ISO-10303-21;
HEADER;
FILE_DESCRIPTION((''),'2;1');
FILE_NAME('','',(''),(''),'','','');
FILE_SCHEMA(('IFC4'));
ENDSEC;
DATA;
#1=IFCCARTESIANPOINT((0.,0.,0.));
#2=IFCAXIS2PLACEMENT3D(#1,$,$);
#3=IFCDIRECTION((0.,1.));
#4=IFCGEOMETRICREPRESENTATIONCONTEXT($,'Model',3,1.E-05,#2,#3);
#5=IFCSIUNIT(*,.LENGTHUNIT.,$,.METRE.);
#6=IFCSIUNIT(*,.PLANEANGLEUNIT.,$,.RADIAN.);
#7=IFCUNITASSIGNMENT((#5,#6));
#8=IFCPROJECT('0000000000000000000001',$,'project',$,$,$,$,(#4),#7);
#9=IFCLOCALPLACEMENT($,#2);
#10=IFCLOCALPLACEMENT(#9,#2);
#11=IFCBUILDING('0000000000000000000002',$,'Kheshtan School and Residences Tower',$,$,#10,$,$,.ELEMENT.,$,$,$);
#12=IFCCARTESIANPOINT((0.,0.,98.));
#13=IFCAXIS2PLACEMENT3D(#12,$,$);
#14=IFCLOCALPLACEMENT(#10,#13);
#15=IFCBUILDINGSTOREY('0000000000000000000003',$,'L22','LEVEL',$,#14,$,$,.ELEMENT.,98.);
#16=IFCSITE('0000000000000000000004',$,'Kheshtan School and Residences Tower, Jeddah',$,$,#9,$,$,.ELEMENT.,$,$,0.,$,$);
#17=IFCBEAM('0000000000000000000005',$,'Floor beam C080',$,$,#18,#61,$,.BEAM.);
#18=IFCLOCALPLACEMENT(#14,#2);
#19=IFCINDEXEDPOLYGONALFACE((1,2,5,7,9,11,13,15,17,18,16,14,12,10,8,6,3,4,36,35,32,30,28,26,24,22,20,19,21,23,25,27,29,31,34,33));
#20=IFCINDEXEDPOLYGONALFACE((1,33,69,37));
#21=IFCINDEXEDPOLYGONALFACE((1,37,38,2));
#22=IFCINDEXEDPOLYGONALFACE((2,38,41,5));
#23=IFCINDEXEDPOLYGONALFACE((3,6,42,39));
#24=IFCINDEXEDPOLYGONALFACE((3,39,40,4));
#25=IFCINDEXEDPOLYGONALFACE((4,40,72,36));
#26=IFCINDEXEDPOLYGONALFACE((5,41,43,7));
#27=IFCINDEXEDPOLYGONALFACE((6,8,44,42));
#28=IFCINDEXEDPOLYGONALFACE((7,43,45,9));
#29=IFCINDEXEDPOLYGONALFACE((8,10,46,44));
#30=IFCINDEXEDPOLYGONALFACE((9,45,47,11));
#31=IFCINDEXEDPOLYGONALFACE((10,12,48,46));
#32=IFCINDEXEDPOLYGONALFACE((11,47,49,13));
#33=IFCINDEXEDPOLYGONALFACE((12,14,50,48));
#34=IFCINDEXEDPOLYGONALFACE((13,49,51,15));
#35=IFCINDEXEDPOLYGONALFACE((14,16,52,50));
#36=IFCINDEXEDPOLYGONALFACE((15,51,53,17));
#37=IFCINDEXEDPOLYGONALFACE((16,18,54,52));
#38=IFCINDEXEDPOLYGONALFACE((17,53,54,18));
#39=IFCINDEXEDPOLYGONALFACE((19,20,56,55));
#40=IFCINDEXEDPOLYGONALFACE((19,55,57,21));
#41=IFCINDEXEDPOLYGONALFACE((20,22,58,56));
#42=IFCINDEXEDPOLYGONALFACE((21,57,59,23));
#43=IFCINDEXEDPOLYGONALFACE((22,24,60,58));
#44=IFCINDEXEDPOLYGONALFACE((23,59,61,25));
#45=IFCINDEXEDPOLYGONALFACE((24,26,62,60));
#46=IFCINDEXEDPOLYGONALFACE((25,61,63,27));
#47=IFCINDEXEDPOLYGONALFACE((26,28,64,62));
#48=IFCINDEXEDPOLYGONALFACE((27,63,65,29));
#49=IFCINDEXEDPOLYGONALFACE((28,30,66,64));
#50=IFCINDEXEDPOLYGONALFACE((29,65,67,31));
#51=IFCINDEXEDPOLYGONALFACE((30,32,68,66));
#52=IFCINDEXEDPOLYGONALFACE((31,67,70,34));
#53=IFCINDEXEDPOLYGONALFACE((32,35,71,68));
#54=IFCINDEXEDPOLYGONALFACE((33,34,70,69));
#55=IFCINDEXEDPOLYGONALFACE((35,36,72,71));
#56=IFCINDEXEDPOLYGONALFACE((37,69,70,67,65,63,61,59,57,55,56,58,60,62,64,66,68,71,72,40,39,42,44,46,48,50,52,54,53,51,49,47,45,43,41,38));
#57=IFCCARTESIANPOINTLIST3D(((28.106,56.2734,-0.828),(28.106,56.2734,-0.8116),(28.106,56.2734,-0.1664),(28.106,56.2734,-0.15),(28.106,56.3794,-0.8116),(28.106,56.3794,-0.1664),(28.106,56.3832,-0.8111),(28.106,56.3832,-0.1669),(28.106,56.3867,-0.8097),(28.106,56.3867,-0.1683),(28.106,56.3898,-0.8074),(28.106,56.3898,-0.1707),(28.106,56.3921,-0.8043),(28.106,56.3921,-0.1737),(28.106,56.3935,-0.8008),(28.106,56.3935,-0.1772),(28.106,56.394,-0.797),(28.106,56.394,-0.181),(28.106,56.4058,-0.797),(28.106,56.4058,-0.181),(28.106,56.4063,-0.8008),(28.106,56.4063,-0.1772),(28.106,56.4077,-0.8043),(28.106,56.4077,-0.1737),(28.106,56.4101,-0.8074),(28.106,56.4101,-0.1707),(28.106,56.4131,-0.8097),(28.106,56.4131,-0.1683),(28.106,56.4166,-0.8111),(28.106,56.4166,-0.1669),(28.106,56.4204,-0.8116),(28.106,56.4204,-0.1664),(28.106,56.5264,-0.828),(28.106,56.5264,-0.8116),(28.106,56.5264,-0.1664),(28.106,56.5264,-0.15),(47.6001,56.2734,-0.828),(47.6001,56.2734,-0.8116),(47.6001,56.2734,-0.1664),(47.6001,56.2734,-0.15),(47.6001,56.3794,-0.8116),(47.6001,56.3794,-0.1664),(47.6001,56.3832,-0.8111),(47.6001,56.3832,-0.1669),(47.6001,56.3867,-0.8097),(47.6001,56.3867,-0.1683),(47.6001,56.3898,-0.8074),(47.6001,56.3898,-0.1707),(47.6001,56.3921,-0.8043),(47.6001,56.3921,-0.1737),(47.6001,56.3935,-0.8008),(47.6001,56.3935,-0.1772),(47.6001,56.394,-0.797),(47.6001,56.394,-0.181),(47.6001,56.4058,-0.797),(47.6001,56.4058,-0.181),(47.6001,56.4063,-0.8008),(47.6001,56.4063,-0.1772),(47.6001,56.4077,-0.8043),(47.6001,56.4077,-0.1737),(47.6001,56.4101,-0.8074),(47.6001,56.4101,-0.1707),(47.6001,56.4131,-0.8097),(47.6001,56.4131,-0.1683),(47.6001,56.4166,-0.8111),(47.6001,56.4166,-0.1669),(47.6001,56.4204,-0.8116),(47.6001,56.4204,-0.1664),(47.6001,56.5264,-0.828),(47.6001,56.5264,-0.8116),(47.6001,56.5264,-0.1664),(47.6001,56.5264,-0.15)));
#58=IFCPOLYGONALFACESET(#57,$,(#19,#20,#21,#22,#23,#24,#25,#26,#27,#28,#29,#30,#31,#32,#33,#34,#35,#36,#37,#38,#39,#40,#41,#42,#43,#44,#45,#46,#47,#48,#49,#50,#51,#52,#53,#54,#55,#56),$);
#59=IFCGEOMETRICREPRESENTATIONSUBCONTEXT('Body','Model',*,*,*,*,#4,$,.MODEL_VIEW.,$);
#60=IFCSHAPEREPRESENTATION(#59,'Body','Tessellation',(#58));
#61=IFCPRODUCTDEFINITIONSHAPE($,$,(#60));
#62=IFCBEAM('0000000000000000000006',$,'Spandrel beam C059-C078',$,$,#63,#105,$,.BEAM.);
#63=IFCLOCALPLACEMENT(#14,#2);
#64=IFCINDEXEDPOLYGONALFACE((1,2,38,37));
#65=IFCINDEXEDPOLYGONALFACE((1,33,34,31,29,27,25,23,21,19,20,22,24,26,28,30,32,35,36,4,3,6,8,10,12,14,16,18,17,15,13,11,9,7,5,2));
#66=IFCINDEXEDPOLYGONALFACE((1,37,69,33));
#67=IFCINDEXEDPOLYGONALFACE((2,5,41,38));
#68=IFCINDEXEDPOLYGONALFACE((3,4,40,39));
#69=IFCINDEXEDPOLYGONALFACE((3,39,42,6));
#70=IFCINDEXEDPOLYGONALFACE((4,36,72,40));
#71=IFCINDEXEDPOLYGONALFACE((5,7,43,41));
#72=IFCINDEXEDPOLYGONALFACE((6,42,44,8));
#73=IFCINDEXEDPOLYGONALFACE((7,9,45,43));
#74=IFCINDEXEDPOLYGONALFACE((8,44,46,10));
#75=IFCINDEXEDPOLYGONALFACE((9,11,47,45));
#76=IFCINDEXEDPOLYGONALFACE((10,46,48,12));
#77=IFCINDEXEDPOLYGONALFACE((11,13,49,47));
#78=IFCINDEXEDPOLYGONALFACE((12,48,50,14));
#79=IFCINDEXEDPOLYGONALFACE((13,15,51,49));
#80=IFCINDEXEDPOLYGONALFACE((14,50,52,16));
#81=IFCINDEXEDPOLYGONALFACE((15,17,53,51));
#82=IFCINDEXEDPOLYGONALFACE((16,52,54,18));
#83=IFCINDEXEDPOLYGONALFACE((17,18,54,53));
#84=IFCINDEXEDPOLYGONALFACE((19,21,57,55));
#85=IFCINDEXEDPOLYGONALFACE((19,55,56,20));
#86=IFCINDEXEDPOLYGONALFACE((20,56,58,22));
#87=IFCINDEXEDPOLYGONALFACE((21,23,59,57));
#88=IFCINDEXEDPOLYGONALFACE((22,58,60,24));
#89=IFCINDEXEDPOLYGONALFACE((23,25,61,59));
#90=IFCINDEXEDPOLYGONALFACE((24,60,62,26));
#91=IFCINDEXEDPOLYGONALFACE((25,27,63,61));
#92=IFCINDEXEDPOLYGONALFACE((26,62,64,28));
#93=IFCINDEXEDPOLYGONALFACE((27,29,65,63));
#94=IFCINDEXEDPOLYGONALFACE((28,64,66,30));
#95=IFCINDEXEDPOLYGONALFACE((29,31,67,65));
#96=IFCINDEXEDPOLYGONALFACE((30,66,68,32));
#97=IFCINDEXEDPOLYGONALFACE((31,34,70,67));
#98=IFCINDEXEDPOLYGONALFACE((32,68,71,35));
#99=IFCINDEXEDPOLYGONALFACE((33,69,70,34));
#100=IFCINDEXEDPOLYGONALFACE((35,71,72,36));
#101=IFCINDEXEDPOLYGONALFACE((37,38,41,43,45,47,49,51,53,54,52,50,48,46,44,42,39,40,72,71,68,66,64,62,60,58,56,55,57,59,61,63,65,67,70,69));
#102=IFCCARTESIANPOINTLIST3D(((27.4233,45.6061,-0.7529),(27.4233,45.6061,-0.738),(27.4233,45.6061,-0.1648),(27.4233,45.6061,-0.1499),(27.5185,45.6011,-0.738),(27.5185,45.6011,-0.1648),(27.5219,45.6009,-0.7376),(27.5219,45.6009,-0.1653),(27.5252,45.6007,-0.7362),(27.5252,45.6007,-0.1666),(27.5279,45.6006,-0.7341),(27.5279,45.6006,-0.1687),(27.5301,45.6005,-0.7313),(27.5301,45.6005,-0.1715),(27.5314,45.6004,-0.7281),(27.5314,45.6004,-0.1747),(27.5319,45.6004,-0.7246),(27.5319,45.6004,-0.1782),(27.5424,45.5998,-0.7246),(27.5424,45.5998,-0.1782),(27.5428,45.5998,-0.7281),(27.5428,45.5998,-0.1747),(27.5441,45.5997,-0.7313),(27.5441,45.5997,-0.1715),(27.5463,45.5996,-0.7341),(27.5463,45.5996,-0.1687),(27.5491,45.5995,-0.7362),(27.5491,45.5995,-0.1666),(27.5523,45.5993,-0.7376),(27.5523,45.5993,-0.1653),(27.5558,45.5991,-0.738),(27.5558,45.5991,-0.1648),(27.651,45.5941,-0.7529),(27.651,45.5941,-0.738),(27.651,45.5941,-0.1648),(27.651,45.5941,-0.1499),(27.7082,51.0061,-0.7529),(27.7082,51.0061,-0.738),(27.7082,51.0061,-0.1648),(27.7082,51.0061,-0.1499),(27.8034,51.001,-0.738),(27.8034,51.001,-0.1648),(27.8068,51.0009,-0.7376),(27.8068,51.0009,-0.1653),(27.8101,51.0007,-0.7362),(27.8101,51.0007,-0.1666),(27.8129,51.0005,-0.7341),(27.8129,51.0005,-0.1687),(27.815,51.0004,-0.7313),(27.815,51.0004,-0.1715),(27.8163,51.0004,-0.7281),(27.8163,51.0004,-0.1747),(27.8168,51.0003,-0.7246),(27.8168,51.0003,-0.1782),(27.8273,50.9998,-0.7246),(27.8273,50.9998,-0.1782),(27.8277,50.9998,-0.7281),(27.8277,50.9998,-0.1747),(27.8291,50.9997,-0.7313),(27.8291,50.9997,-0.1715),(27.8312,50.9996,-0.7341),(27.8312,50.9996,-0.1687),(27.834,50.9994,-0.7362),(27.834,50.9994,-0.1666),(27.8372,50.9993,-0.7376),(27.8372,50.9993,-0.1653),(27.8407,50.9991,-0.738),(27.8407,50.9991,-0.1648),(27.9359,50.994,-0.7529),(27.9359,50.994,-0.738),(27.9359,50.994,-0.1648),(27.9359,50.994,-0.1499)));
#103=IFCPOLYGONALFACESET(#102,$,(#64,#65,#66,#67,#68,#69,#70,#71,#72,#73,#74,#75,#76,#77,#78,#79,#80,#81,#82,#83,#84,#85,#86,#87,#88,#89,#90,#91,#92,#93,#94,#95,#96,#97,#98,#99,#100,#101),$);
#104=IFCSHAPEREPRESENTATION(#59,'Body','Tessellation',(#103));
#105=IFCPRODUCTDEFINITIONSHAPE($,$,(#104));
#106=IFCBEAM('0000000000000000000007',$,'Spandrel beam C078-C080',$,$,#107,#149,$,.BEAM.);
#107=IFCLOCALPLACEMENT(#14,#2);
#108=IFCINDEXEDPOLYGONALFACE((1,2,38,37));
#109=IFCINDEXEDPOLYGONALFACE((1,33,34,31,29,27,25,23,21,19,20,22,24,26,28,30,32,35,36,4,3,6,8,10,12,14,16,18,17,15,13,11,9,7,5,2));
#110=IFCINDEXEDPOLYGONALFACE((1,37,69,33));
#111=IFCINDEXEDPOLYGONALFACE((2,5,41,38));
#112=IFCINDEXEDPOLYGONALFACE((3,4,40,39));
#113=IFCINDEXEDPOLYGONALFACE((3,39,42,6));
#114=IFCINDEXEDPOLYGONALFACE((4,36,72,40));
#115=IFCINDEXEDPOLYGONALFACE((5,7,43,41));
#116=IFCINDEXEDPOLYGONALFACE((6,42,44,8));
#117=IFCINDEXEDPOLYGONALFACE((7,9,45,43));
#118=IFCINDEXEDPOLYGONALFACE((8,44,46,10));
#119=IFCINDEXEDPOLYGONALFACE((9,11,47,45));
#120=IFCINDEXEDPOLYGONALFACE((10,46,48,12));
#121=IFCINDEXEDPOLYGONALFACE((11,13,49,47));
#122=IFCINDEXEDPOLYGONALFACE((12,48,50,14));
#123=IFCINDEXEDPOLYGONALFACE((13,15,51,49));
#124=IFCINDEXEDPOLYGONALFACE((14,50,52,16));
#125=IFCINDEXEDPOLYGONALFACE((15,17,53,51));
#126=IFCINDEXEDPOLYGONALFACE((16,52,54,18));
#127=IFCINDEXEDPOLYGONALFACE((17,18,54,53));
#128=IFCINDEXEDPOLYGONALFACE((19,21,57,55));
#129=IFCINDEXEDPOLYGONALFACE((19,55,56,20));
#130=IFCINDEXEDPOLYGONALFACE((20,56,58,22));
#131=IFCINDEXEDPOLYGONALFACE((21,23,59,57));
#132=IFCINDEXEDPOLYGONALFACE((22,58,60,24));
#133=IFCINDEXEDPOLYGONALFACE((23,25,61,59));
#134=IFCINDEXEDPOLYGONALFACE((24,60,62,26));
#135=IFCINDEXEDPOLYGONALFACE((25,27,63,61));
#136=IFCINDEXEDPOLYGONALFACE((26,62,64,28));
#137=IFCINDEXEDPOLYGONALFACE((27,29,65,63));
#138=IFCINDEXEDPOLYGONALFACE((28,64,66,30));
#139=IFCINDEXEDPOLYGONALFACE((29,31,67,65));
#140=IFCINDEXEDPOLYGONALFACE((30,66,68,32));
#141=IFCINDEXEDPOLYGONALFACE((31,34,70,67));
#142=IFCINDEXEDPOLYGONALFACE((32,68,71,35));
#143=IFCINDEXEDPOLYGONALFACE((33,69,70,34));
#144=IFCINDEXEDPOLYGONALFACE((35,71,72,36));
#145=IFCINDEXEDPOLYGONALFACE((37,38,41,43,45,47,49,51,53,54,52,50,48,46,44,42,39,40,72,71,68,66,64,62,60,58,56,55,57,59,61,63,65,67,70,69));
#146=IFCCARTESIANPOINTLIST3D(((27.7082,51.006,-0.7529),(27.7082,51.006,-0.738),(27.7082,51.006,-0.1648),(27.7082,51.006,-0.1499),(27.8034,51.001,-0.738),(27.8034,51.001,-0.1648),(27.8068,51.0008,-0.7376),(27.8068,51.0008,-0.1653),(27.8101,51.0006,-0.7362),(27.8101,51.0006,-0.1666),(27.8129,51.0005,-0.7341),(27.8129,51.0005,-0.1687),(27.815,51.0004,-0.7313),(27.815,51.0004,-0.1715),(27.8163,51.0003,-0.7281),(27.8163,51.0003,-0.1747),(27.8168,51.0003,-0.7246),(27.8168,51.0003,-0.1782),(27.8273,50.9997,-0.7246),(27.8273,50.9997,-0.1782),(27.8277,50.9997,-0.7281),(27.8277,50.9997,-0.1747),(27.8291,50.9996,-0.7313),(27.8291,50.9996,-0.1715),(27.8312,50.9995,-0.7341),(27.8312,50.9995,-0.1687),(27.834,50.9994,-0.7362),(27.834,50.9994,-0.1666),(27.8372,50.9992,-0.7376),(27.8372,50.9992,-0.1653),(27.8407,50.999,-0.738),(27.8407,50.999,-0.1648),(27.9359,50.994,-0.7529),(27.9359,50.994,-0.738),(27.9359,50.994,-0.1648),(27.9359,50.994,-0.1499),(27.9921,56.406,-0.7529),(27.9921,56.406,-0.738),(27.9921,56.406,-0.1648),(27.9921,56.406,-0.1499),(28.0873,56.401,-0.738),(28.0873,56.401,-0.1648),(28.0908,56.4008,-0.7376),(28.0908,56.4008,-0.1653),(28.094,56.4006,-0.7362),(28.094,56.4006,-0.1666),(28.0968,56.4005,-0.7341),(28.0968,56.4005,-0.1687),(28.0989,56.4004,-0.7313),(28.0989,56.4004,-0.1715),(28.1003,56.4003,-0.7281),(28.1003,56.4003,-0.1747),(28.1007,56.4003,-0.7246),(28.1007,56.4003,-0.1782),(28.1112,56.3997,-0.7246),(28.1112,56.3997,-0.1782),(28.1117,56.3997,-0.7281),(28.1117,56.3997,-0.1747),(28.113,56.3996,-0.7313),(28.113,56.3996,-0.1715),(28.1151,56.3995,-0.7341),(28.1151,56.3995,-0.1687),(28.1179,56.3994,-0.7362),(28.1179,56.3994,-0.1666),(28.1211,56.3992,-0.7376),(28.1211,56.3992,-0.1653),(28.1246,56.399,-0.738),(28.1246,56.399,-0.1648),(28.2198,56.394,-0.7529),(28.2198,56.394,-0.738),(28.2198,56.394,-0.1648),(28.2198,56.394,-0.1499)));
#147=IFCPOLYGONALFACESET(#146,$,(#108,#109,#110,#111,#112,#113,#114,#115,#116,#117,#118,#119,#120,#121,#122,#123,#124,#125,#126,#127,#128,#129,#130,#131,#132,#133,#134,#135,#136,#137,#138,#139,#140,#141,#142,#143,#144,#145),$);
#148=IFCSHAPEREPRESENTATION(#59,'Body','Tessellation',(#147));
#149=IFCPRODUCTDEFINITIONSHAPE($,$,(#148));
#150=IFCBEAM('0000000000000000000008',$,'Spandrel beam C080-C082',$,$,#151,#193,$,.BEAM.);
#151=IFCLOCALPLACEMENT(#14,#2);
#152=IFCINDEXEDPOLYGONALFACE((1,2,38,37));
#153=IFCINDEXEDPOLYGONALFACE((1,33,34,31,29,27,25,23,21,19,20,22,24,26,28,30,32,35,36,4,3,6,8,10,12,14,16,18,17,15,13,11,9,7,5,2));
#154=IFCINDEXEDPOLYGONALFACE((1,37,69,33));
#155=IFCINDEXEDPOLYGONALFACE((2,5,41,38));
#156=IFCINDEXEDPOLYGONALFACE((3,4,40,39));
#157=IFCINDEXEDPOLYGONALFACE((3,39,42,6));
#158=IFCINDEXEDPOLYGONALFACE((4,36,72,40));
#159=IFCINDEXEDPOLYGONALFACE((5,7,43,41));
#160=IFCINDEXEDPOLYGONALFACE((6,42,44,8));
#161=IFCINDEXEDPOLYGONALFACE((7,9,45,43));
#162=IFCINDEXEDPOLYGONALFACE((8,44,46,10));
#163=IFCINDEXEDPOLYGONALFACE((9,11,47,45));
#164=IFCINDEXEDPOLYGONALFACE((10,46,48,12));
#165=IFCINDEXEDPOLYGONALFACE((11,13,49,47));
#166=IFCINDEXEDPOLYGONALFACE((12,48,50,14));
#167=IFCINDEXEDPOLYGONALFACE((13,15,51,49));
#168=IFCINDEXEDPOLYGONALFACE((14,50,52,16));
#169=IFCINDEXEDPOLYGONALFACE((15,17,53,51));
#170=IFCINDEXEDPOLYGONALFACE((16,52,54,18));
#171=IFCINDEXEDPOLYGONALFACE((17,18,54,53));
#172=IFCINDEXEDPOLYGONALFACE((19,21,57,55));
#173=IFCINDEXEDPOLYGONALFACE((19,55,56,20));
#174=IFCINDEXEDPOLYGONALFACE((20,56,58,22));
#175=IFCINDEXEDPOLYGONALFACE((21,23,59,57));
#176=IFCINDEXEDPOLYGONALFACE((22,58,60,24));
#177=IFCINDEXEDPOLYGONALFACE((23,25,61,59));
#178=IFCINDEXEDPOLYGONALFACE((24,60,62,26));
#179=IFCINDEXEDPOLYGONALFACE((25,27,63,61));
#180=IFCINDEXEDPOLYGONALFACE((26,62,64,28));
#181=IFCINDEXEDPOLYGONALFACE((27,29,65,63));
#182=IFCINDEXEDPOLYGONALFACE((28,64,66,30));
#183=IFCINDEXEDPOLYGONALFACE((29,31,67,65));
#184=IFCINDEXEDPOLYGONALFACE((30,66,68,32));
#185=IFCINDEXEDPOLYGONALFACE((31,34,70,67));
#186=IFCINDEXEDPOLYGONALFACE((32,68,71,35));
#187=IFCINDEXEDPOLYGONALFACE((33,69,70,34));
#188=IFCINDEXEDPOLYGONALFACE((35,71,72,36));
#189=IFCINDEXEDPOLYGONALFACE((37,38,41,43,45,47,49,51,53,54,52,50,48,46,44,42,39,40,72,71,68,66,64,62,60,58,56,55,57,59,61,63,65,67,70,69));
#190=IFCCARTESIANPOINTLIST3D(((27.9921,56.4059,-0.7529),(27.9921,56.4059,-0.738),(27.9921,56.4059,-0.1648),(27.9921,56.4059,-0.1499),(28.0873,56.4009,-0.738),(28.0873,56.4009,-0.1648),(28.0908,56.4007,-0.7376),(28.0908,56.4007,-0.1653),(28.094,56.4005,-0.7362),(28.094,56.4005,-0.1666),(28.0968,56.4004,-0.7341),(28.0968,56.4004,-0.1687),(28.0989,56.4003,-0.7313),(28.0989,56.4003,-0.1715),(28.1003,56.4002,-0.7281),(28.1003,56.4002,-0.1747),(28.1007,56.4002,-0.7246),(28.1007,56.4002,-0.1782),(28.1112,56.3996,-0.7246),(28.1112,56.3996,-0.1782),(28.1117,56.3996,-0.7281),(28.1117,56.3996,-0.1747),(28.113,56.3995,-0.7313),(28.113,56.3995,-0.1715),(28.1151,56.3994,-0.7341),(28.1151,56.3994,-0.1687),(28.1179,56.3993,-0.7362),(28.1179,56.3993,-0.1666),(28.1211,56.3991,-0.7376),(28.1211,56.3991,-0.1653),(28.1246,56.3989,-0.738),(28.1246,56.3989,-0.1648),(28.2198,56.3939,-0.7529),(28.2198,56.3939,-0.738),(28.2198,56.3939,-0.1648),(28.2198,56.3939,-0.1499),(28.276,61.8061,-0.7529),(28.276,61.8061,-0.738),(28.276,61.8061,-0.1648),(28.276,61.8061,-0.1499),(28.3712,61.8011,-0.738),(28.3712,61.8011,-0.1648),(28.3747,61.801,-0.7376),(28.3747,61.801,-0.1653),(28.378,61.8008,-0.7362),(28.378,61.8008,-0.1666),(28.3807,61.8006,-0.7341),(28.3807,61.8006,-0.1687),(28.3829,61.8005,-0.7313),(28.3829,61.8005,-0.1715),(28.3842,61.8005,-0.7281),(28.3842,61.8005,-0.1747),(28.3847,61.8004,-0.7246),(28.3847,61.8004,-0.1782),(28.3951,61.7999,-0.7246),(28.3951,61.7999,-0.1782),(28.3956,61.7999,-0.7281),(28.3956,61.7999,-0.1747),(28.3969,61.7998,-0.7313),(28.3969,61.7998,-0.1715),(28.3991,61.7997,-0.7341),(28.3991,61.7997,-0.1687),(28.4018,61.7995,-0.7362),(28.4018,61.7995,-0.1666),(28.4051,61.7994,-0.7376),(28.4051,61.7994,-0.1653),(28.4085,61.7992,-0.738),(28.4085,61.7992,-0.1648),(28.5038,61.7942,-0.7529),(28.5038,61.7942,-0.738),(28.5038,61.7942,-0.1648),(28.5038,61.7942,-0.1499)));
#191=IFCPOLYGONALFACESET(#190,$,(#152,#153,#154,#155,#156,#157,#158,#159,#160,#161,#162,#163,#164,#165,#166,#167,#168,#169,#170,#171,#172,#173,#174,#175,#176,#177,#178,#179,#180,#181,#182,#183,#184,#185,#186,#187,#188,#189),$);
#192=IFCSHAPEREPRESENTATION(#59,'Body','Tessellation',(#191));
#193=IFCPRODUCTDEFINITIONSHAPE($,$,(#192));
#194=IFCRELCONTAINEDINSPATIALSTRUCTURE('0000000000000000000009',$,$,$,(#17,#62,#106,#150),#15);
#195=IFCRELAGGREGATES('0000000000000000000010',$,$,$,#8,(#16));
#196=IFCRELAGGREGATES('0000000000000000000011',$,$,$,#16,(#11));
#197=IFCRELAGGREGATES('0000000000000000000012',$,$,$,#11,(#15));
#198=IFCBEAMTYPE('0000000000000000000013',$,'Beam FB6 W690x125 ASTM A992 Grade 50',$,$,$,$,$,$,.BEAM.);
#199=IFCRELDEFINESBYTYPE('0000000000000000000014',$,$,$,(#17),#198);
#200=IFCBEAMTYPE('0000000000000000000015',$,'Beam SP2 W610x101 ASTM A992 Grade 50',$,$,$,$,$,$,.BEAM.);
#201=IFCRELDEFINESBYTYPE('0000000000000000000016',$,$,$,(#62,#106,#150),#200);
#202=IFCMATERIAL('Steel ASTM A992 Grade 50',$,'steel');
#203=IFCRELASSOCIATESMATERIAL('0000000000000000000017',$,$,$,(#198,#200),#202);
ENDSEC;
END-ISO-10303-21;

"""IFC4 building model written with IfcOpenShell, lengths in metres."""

from ifc_helpers import new_model, si_unit, direction, frame, origin, origin_2d, place, context, subcontext, project, spatial, i_section, extrude, material, material_profile, profile_set, type_object, element, save


model = new_model("IFC4")

# Units and contexts
model_context = context("Model", 3, precision=1e-05, world=origin(), true_north=direction((0.0, 1.0)))
body_context = subcontext(model_context, "Body", "Model", "MODEL_VIEW")
ifc_project = project(units=[si_unit("LENGTHUNIT", "METRE"), si_unit("PLANEANGLEUNIT", "RADIAN")], contexts=[model_context])

# Site, building, storey
site_placement = place(None, origin())
site = spatial("IfcSite", under=ifc_project, at=site_placement, Name="Kheshtan School and Residences Tower, Jeddah", CompositionType="ELEMENT", RefElevation=0.0)
building_placement = place(site_placement, origin())
building = spatial("IfcBuilding", under=site, at=building_placement, Name="Kheshtan School and Residences Tower", CompositionType="ELEMENT")
storey_placement = place(building_placement, frame((0.0, 0.0, 98.0)))
storey = spatial("IfcBuildingStorey", under=building, at=storey_placement, Name="L22", Description="LEVEL", CompositionType="ELEMENT", Elevation=98.0)

# Shared definitions
ifc_material_1 = material(Name="Steel ASTM A992 Grade 50", Category="steel")

# Beams
ifc_material_profile_1 = material_profile(ifc_material_1, i_section(OverallWidth=0.2529, OverallDepth=0.678, WebThickness=0.0117, FlangeThickness=0.0164, FilletRadius=0.0146, at=origin_2d()), Name="W690x125")
ifc_profile_set_1 = profile_set([ifc_material_profile_1], Name="Steel ASTM A992 Grade 50")
beam_type_1 = type_object("IfcBeamType", Name="Beam FB6 W690x125 ASTM A992 Grade 50", PredefinedType="BEAM", material=ifc_profile_set_1)
beam_1_placement = place(storey_placement, frame((28.106, 56.3999, -0.489), z_axis=(1.0, 0.0, 0.0), x_axis=(0.0, 1.0, 0.0)))
element("IfcBeam", 1, at=beam_1_placement, inside=storey, type_object=beam_type_1, Name="Floor beam C080", PredefinedType="BEAM", context=body_context, shape_type="SweptSolid", body=[
    extrude(i_section(OverallWidth=0.2529, OverallDepth=0.678, WebThickness=0.0117, FlangeThickness=0.0164, FilletRadius=0.0146, at=origin_2d()), origin(), (0.0, 0.0, 1.0), 19.4941),
])
ifc_material_profile_2 = material_profile(ifc_material_1, i_section(OverallWidth=0.228, OverallDepth=0.603, WebThickness=0.0105, FlangeThickness=0.0149, FilletRadius=0.0134, at=origin_2d()), Name="W610x101")
ifc_profile_set_2 = profile_set([ifc_material_profile_2], Name="Steel ASTM A992 Grade 50")
beam_type_2 = type_object("IfcBeamType", Name="Beam SP2 W610x101 ASTM A992 Grade 50", PredefinedType="BEAM", material=ifc_profile_set_2)
for number, where, z_axis, x_axis, name in (
    (2, (27.5371, 45.6001, -0.4514), (0.052689, 0.998611, 0.0), (-0.998611, 0.052689, 0.0), "Spandrel beam C059-C078"),
    (3, (27.822, 51.0, -0.4514), (0.052509, 0.99862, 0.0), (-0.99862, 0.052509, 0.0), "Spandrel beam C078-C080"),
):
    element("IfcBeam", number, at=place(storey_placement, frame(where, z_axis=z_axis, x_axis=x_axis)), inside=storey, type_object=beam_type_2, Name=name, PredefinedType="BEAM", context=body_context, shape_type="SweptSolid", body=[
        extrude(i_section(OverallWidth=0.228, OverallDepth=0.603, WebThickness=0.0105, FlangeThickness=0.0149, FilletRadius=0.0134, at=origin_2d()), origin(), (0.0, 0.0, 1.0), 5.4075),
    ])
beam_2_placement = place(storey_placement, frame((28.106, 56.3999, -0.4514), z_axis=(0.052507, 0.998621, 0.0), x_axis=(-0.998621, 0.052507, 0.0)))
element("IfcBeam", 4, at=beam_2_placement, inside=storey, type_object=beam_type_2, Name="Spandrel beam C080-C082", PredefinedType="BEAM", context=body_context, shape_type="SweptSolid", body=[
    extrude(i_section(OverallWidth=0.228, OverallDepth=0.603, WebThickness=0.0105, FlangeThickness=0.0149, FilletRadius=0.0134, at=origin_2d()), origin(), (0.0, 0.0, 1.0), 5.4077),
])

save(model, "model.ifc")
